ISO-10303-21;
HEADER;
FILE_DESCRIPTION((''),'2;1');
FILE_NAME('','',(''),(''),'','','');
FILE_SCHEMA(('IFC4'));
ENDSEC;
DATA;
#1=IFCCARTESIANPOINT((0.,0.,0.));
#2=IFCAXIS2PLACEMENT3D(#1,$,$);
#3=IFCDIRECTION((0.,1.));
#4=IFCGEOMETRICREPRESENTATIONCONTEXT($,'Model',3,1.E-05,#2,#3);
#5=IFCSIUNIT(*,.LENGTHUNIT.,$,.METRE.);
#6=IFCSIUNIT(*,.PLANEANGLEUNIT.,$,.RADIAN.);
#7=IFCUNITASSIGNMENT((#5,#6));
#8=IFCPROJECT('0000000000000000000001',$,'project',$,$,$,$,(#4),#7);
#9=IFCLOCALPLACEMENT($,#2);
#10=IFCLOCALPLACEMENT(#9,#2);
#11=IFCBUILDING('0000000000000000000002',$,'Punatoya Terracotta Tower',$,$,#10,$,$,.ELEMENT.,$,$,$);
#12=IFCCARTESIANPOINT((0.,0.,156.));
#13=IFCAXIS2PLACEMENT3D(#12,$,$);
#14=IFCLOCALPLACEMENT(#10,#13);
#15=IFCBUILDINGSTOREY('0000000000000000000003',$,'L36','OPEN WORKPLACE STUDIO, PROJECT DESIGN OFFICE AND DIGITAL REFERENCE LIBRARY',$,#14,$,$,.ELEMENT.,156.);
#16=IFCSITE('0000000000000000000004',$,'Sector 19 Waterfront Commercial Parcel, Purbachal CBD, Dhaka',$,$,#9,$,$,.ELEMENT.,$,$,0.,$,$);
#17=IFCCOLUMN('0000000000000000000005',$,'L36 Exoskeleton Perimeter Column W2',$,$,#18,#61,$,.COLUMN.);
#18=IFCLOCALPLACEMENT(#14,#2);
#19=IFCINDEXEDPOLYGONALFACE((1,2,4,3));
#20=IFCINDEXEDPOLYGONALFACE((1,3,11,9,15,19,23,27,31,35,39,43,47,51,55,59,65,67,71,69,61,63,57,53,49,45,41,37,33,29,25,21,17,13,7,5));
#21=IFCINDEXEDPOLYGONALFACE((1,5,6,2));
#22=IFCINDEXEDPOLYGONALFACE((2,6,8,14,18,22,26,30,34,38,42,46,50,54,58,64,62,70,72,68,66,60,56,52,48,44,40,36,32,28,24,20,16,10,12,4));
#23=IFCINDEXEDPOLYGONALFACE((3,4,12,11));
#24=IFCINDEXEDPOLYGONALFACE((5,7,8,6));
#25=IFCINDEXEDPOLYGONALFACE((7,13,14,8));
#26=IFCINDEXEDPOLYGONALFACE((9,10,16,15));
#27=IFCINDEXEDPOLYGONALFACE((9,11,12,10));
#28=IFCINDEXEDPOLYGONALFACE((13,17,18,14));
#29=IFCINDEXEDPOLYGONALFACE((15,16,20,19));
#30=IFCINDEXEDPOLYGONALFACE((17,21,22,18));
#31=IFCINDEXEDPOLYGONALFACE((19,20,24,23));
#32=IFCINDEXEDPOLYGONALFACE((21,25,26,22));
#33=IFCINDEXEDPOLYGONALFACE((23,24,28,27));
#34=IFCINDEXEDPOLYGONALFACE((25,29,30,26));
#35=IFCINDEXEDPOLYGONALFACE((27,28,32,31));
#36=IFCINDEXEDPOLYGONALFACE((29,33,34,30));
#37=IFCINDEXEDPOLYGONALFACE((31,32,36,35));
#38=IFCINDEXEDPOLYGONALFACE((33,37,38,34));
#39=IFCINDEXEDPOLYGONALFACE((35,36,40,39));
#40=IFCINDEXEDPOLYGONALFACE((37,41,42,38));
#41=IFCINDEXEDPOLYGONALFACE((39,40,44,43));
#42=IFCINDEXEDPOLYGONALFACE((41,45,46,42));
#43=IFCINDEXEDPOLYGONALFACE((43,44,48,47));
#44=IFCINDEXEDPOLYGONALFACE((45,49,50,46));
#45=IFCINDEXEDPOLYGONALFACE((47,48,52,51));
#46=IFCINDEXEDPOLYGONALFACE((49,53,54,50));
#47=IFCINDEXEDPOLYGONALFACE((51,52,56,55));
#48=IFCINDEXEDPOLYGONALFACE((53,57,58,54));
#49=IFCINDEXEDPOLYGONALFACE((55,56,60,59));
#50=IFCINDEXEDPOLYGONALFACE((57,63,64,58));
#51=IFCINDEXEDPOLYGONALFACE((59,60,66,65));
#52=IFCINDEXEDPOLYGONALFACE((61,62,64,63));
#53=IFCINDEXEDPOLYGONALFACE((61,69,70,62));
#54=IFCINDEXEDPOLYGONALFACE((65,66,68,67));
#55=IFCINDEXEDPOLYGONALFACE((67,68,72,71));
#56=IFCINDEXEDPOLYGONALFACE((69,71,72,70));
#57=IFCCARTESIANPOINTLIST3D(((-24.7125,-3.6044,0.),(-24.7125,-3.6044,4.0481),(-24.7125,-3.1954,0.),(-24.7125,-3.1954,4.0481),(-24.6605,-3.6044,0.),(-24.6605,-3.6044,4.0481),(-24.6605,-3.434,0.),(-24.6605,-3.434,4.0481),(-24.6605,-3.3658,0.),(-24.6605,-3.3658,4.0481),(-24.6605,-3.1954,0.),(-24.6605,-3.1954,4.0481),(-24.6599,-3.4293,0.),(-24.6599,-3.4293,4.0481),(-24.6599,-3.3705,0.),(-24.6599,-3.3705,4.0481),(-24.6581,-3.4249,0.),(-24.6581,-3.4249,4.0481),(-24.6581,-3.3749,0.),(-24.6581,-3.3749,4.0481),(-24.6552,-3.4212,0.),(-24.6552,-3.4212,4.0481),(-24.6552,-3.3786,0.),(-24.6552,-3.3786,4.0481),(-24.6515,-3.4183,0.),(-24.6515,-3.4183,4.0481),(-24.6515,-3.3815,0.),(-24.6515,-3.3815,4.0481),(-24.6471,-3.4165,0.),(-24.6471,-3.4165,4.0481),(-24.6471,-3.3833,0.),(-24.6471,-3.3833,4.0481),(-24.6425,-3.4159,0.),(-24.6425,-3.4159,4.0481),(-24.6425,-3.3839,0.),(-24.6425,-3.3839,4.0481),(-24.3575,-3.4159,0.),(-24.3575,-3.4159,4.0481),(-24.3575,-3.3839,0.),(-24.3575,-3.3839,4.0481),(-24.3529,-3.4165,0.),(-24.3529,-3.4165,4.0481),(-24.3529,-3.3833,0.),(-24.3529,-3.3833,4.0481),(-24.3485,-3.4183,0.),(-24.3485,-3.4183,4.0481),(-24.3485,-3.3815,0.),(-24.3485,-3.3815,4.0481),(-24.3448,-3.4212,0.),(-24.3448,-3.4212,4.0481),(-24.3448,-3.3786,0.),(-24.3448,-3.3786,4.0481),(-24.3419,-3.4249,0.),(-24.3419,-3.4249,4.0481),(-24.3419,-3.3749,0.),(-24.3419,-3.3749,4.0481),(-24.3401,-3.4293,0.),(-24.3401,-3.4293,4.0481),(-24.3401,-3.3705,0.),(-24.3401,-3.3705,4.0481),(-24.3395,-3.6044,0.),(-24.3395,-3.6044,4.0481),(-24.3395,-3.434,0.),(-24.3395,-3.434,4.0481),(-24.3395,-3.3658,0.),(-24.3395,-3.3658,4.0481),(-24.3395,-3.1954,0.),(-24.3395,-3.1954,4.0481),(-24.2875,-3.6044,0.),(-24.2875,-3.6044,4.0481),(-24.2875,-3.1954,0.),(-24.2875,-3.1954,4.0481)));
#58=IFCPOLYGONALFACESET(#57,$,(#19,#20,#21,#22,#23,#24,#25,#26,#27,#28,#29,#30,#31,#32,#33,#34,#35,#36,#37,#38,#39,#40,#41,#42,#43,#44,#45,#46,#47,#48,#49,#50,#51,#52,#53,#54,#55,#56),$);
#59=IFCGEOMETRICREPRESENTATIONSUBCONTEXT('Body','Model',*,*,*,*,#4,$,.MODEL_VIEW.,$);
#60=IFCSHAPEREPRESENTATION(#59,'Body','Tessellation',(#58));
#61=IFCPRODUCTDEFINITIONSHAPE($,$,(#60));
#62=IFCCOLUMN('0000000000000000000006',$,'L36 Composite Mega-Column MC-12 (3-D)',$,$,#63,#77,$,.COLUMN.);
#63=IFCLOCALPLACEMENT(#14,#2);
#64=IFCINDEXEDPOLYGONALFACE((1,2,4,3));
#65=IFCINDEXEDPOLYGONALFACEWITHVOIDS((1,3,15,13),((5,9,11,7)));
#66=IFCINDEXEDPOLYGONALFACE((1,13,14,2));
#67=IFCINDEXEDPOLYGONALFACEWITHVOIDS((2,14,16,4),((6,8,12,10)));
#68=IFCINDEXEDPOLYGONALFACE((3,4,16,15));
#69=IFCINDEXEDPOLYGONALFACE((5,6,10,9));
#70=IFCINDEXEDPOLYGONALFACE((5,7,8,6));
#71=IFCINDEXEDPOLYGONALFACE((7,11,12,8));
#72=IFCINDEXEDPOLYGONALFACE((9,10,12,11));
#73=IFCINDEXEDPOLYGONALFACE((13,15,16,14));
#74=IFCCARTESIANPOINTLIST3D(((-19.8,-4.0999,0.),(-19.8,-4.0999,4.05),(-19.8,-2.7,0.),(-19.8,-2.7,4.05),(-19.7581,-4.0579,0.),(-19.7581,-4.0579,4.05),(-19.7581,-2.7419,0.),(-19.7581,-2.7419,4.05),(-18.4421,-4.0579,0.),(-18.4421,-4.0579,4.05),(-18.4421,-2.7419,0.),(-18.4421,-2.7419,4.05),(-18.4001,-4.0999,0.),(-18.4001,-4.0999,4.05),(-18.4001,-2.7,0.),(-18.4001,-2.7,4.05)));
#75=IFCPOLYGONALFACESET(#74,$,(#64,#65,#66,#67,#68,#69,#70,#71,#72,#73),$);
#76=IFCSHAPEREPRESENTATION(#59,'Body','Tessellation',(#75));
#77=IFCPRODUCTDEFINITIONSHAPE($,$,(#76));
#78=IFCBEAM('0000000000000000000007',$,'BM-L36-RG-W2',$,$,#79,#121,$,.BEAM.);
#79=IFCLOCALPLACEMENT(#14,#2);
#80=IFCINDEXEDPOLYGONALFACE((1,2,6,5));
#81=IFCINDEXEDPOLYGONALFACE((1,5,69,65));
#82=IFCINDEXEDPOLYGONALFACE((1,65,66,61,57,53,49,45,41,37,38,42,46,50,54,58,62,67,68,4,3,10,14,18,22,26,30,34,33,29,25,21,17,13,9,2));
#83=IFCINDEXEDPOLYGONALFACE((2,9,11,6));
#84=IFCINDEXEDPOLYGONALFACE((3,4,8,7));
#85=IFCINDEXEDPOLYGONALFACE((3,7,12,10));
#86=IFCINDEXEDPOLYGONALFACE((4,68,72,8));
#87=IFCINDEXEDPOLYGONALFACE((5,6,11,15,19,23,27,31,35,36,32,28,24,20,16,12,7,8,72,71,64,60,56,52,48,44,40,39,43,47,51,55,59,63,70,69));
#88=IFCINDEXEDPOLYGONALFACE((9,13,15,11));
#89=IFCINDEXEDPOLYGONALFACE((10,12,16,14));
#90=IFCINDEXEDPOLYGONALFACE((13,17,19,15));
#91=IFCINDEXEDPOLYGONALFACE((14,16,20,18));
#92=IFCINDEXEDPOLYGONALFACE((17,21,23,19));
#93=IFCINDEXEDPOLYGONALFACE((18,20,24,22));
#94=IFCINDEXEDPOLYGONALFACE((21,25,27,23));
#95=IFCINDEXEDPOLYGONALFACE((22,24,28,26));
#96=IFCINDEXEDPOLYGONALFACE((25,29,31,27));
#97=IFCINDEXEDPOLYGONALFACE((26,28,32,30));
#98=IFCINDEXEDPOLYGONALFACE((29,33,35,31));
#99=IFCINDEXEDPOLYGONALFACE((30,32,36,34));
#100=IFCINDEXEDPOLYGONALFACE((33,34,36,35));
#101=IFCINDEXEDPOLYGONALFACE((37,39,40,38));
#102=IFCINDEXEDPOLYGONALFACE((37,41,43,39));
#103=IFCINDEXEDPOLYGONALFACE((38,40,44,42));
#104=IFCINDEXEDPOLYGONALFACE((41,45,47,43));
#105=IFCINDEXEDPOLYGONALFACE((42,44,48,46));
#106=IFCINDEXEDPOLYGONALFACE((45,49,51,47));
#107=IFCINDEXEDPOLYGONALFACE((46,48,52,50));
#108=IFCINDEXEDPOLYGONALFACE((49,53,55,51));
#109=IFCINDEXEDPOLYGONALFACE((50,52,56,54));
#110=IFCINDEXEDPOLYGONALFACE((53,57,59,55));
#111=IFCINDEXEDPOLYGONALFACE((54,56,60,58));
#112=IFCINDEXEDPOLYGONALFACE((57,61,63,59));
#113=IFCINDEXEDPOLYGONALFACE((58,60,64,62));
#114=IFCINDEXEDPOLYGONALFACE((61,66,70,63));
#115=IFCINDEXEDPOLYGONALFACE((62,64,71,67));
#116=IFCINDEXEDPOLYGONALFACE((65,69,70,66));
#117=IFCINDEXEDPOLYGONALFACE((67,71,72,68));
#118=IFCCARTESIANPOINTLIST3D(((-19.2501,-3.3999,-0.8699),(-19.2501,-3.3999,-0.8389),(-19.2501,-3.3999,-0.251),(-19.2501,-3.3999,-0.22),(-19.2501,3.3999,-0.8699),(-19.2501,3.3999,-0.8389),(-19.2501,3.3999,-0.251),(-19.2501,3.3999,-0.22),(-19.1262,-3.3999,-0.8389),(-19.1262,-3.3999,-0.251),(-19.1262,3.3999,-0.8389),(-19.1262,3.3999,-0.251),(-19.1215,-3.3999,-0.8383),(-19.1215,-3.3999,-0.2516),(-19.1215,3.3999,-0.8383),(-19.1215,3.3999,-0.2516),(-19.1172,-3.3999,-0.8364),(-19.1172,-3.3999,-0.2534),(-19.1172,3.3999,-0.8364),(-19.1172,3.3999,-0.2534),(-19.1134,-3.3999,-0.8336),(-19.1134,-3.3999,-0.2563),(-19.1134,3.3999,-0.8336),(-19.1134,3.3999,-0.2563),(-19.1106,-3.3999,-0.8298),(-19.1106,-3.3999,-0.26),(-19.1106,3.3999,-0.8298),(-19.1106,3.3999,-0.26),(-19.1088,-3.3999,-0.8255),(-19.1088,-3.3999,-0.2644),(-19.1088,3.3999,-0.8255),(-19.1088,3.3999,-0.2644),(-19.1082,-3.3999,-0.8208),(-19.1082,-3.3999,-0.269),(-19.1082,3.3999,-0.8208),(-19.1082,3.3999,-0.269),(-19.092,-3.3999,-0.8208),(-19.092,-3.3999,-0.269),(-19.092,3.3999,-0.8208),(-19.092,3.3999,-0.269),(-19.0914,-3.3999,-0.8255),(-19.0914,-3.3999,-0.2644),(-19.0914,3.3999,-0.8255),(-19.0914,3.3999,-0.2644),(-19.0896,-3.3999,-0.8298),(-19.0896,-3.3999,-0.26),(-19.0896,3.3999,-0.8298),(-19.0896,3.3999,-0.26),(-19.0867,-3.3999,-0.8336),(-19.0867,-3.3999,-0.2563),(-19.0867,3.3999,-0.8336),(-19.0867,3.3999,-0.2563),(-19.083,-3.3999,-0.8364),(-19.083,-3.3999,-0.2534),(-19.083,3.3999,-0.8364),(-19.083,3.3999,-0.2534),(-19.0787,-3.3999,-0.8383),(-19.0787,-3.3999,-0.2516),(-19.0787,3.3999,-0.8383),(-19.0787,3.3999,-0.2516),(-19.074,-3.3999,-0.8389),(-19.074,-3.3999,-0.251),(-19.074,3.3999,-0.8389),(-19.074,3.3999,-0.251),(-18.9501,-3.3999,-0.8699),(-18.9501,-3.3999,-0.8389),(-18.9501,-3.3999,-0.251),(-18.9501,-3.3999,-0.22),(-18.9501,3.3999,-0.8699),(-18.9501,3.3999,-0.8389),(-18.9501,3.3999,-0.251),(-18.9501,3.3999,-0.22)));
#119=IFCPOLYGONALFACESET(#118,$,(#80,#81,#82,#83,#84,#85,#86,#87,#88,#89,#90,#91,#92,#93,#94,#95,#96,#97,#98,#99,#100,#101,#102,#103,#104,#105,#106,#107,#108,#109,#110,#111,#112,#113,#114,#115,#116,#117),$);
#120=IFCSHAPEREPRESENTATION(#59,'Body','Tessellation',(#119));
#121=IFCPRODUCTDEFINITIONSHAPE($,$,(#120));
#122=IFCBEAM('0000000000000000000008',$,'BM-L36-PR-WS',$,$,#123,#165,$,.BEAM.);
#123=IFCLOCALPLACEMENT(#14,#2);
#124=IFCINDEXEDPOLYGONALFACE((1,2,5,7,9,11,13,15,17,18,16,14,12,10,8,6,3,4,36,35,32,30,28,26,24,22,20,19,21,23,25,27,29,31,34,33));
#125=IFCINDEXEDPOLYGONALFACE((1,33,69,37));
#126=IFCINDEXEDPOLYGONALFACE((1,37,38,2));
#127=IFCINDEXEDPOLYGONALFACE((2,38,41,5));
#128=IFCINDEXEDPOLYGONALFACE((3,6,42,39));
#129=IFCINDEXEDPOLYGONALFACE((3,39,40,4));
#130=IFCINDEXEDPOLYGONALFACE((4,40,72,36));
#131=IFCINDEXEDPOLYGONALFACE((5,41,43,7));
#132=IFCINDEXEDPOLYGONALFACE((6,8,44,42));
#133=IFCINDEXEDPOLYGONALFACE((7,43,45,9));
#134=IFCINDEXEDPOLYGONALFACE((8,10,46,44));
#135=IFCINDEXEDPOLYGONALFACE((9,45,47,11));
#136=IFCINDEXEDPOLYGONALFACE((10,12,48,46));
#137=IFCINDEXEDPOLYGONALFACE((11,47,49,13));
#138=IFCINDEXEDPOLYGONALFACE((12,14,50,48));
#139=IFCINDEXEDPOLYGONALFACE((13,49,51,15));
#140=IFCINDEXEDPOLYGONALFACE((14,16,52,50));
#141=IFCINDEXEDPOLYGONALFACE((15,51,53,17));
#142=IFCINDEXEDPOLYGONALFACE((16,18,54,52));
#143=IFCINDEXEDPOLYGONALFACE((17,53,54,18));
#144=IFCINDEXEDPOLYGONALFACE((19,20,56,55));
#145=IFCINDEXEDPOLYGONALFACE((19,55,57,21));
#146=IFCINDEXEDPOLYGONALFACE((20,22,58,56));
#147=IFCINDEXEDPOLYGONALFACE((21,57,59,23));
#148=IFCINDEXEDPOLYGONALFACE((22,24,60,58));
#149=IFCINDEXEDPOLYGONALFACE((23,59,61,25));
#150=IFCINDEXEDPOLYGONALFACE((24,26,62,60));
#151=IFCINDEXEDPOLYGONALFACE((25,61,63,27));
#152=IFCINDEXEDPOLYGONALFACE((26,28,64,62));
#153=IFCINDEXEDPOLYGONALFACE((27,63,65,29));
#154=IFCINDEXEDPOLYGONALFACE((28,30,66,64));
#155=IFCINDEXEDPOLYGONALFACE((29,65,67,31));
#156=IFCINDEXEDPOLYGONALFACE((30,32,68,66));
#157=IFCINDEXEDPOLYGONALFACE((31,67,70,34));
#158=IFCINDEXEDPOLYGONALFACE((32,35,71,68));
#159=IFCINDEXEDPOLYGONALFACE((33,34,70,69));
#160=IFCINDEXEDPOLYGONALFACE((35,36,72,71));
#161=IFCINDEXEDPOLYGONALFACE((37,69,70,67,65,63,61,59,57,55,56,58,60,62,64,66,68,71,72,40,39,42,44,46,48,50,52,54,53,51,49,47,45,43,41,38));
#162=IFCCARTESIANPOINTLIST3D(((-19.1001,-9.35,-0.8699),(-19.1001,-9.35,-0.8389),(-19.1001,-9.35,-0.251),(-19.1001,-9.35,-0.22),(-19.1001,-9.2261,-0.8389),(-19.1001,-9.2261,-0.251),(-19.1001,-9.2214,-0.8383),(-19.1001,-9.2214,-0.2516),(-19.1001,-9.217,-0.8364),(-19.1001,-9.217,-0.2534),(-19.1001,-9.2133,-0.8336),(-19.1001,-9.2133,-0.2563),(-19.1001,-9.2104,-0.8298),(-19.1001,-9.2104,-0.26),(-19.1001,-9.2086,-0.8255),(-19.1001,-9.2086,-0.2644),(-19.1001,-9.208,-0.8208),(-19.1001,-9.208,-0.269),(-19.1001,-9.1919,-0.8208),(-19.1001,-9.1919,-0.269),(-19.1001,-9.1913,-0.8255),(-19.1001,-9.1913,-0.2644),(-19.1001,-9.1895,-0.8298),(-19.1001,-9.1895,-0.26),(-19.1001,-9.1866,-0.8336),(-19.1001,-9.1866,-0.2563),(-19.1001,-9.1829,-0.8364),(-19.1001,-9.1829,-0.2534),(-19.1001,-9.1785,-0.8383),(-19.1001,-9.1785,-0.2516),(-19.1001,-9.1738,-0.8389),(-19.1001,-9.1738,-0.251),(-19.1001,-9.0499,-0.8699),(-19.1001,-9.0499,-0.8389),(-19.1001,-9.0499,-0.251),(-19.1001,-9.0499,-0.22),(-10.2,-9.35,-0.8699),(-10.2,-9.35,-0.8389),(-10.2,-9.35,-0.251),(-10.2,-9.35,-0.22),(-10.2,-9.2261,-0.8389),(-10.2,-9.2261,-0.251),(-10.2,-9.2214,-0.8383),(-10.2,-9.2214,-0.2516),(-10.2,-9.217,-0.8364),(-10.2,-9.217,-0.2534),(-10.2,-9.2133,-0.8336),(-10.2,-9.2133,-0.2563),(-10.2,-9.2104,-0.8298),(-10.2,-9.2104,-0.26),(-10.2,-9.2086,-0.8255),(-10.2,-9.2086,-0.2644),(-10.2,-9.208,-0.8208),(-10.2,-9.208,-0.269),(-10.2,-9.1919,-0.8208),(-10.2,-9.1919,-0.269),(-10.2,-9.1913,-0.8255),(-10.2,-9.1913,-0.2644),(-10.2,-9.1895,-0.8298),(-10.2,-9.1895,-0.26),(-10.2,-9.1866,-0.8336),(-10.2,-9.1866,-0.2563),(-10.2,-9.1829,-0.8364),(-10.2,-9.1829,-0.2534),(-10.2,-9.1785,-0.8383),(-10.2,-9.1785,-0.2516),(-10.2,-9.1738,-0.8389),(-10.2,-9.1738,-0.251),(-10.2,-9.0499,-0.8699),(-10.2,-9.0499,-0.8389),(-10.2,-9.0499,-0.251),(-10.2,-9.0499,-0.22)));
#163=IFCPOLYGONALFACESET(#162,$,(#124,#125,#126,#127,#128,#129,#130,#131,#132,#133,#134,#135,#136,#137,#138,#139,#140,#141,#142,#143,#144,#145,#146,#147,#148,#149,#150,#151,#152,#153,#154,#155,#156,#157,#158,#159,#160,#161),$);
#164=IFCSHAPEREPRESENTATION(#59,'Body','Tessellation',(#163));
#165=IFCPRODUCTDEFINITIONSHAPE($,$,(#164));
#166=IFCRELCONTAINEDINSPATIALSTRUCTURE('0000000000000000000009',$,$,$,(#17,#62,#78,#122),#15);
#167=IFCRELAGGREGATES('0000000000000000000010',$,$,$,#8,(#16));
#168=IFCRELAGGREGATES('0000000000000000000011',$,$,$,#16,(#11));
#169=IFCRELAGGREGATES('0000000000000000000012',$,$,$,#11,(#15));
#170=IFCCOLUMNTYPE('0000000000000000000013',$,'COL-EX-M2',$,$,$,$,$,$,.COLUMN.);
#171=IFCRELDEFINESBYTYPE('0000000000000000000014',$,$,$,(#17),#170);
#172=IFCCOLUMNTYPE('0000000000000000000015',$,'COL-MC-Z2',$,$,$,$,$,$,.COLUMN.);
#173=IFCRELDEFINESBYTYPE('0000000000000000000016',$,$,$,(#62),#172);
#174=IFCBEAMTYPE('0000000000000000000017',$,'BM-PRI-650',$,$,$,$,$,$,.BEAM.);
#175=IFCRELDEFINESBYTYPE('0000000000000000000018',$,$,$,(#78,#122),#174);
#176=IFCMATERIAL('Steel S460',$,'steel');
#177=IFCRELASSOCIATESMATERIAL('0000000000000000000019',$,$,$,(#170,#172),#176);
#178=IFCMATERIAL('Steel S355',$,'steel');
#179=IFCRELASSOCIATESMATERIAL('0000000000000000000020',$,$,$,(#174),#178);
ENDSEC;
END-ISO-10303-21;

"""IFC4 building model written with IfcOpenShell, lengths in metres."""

from ifc_helpers import new_model, si_unit, direction, frame, origin, origin_2d, place, context, subcontext, project, spatial, hollow_rectangle, i_section, extrude, material, material_profile, profile_set, type_object, element, save


model = new_model("IFC4")

# Units and contexts
model_context = context("Model", 3, precision=1e-05, world=origin(), true_north=direction((0.0, 1.0)))
body_context = subcontext(model_context, "Body", "Model", "MODEL_VIEW")
ifc_project = project(units=[si_unit("LENGTHUNIT", "METRE"), si_unit("PLANEANGLEUNIT", "RADIAN")], contexts=[model_context])

# Site, building, storey
site_placement = place(None, origin())
site = spatial("IfcSite", under=ifc_project, at=site_placement, Name="Sector 19 Waterfront Commercial Parcel, Purbachal CBD, Dhaka", CompositionType="ELEMENT", RefElevation=0.0)
building_placement = place(site_placement, origin())
building = spatial("IfcBuilding", under=site, at=building_placement, Name="Punatoya Terracotta Tower", CompositionType="ELEMENT")
storey_placement = place(building_placement, frame((0.0, 0.0, 156.0)))
storey = spatial("IfcBuildingStorey", under=building, at=storey_placement, Name="L36", Description="OPEN WORKPLACE STUDIO, PROJECT DESIGN OFFICE AND DIGITAL REFERENCE LIBRARY", CompositionType="ELEMENT", Elevation=156.0)

# Columns
ifc_material_1 = material(Name="Steel S460", Category="steel")
ifc_material_profile_1 = material_profile(ifc_material_1, i_section(OverallWidth=0.4089, OverallDepth=0.425, WebThickness=0.032, FlangeThickness=0.052, FilletRadius=0.0181, at=origin_2d()))
ifc_profile_set_1 = profile_set([ifc_material_profile_1], Name="Steel S460")
column_type_1 = type_object("IfcColumnType", Name="COL-EX-M2", PredefinedType="COLUMN", material=ifc_profile_set_1)
column_1_placement = place(storey_placement, frame((-24.5, -3.3999, 0.0), z_axis=(0.0, 0.0, 1.0), x_axis=(0.0, 1.0, 0.0)))
element("IfcColumn", 1, at=column_1_placement, inside=storey, type_object=column_type_1, Name="L36 Exoskeleton Perimeter Column W2", PredefinedType="COLUMN", context=body_context, shape_type="SweptSolid", body=[
    extrude(i_section(OverallWidth=0.4089, OverallDepth=0.425, WebThickness=0.032, FlangeThickness=0.052, FilletRadius=0.0181, at=origin_2d()), origin(), (0.0, 0.0, 1.0), 4.0481),
])
ifc_material_profile_2 = material_profile(ifc_material_1, hollow_rectangle(XDim=1.3999, YDim=1.3999, WallThickness=0.042, at=origin_2d()))
ifc_profile_set_2 = profile_set([ifc_material_profile_2], Name="Steel S460")
column_type_2 = type_object("IfcColumnType", Name="COL-MC-Z2", PredefinedType="COLUMN", material=ifc_profile_set_2)
column_2_placement = place(storey_placement, frame((-19.1001, -3.3999, 0.0), z_axis=(0.0, 0.0, 1.0), x_axis=(1.0, 0.0, 0.0)))
element("IfcColumn", 2, at=column_2_placement, inside=storey, type_object=column_type_2, Name="L36 Composite Mega-Column MC-12 (3-D)", PredefinedType="COLUMN", context=body_context, shape_type="SweptSolid", body=[
    extrude(hollow_rectangle(XDim=1.3999, YDim=1.3999, WallThickness=0.042, at=origin_2d()), origin(), (0.0, 0.0, 1.0), 4.05),
])

# Beams
ifc_material_2 = material(Name="Steel S355", Category="steel")
ifc_material_profile_3 = material_profile(ifc_material_2, i_section(OverallWidth=0.3, OverallDepth=0.6499, WebThickness=0.0161, FlangeThickness=0.031, FilletRadius=0.0181, at=origin_2d()))
ifc_profile_set_3 = profile_set([ifc_material_profile_3], Name="Steel S355")
beam_type_1 = type_object("IfcBeamType", Name="BM-PRI-650", PredefinedType="BEAM", material=ifc_profile_set_3)
beam_1_placement = place(storey_placement, frame((-19.1001, -3.3999, -0.5449), z_axis=(0.0, 1.0, 0.0), x_axis=(-1.0, 0.0, 0.0)))
element("IfcBeam", 3, at=beam_1_placement, inside=storey, type_object=beam_type_1, Name="BM-L36-RG-W2", PredefinedType="BEAM", context=body_context, shape_type="SweptSolid", body=[
    extrude(i_section(OverallWidth=0.3, OverallDepth=0.6499, WebThickness=0.0161, FlangeThickness=0.031, FilletRadius=0.0181, at=origin_2d()), origin(), (0.0, 0.0, 1.0), 6.7998),
])
for number, where, z_axis, x_axis, name in (
    (4, (-19.1001, -9.2, -0.5449), (1.0, 0.0, 0.0), (0.0, 1.0, 0.0), "BM-L36-PR-WS"),
):
    element("IfcBeam", number, at=place(storey_placement, frame(where, z_axis=z_axis, x_axis=x_axis)), inside=storey, type_object=beam_type_1, Name=name, PredefinedType="BEAM", context=body_context, shape_type="SweptSolid", body=[
        extrude(i_section(OverallWidth=0.3, OverallDepth=0.6499, WebThickness=0.0161, FlangeThickness=0.031, FilletRadius=0.0181, at=origin_2d()), origin(), (0.0, 0.0, 1.0), 8.9001),
    ])

save(model, "model.ifc")
